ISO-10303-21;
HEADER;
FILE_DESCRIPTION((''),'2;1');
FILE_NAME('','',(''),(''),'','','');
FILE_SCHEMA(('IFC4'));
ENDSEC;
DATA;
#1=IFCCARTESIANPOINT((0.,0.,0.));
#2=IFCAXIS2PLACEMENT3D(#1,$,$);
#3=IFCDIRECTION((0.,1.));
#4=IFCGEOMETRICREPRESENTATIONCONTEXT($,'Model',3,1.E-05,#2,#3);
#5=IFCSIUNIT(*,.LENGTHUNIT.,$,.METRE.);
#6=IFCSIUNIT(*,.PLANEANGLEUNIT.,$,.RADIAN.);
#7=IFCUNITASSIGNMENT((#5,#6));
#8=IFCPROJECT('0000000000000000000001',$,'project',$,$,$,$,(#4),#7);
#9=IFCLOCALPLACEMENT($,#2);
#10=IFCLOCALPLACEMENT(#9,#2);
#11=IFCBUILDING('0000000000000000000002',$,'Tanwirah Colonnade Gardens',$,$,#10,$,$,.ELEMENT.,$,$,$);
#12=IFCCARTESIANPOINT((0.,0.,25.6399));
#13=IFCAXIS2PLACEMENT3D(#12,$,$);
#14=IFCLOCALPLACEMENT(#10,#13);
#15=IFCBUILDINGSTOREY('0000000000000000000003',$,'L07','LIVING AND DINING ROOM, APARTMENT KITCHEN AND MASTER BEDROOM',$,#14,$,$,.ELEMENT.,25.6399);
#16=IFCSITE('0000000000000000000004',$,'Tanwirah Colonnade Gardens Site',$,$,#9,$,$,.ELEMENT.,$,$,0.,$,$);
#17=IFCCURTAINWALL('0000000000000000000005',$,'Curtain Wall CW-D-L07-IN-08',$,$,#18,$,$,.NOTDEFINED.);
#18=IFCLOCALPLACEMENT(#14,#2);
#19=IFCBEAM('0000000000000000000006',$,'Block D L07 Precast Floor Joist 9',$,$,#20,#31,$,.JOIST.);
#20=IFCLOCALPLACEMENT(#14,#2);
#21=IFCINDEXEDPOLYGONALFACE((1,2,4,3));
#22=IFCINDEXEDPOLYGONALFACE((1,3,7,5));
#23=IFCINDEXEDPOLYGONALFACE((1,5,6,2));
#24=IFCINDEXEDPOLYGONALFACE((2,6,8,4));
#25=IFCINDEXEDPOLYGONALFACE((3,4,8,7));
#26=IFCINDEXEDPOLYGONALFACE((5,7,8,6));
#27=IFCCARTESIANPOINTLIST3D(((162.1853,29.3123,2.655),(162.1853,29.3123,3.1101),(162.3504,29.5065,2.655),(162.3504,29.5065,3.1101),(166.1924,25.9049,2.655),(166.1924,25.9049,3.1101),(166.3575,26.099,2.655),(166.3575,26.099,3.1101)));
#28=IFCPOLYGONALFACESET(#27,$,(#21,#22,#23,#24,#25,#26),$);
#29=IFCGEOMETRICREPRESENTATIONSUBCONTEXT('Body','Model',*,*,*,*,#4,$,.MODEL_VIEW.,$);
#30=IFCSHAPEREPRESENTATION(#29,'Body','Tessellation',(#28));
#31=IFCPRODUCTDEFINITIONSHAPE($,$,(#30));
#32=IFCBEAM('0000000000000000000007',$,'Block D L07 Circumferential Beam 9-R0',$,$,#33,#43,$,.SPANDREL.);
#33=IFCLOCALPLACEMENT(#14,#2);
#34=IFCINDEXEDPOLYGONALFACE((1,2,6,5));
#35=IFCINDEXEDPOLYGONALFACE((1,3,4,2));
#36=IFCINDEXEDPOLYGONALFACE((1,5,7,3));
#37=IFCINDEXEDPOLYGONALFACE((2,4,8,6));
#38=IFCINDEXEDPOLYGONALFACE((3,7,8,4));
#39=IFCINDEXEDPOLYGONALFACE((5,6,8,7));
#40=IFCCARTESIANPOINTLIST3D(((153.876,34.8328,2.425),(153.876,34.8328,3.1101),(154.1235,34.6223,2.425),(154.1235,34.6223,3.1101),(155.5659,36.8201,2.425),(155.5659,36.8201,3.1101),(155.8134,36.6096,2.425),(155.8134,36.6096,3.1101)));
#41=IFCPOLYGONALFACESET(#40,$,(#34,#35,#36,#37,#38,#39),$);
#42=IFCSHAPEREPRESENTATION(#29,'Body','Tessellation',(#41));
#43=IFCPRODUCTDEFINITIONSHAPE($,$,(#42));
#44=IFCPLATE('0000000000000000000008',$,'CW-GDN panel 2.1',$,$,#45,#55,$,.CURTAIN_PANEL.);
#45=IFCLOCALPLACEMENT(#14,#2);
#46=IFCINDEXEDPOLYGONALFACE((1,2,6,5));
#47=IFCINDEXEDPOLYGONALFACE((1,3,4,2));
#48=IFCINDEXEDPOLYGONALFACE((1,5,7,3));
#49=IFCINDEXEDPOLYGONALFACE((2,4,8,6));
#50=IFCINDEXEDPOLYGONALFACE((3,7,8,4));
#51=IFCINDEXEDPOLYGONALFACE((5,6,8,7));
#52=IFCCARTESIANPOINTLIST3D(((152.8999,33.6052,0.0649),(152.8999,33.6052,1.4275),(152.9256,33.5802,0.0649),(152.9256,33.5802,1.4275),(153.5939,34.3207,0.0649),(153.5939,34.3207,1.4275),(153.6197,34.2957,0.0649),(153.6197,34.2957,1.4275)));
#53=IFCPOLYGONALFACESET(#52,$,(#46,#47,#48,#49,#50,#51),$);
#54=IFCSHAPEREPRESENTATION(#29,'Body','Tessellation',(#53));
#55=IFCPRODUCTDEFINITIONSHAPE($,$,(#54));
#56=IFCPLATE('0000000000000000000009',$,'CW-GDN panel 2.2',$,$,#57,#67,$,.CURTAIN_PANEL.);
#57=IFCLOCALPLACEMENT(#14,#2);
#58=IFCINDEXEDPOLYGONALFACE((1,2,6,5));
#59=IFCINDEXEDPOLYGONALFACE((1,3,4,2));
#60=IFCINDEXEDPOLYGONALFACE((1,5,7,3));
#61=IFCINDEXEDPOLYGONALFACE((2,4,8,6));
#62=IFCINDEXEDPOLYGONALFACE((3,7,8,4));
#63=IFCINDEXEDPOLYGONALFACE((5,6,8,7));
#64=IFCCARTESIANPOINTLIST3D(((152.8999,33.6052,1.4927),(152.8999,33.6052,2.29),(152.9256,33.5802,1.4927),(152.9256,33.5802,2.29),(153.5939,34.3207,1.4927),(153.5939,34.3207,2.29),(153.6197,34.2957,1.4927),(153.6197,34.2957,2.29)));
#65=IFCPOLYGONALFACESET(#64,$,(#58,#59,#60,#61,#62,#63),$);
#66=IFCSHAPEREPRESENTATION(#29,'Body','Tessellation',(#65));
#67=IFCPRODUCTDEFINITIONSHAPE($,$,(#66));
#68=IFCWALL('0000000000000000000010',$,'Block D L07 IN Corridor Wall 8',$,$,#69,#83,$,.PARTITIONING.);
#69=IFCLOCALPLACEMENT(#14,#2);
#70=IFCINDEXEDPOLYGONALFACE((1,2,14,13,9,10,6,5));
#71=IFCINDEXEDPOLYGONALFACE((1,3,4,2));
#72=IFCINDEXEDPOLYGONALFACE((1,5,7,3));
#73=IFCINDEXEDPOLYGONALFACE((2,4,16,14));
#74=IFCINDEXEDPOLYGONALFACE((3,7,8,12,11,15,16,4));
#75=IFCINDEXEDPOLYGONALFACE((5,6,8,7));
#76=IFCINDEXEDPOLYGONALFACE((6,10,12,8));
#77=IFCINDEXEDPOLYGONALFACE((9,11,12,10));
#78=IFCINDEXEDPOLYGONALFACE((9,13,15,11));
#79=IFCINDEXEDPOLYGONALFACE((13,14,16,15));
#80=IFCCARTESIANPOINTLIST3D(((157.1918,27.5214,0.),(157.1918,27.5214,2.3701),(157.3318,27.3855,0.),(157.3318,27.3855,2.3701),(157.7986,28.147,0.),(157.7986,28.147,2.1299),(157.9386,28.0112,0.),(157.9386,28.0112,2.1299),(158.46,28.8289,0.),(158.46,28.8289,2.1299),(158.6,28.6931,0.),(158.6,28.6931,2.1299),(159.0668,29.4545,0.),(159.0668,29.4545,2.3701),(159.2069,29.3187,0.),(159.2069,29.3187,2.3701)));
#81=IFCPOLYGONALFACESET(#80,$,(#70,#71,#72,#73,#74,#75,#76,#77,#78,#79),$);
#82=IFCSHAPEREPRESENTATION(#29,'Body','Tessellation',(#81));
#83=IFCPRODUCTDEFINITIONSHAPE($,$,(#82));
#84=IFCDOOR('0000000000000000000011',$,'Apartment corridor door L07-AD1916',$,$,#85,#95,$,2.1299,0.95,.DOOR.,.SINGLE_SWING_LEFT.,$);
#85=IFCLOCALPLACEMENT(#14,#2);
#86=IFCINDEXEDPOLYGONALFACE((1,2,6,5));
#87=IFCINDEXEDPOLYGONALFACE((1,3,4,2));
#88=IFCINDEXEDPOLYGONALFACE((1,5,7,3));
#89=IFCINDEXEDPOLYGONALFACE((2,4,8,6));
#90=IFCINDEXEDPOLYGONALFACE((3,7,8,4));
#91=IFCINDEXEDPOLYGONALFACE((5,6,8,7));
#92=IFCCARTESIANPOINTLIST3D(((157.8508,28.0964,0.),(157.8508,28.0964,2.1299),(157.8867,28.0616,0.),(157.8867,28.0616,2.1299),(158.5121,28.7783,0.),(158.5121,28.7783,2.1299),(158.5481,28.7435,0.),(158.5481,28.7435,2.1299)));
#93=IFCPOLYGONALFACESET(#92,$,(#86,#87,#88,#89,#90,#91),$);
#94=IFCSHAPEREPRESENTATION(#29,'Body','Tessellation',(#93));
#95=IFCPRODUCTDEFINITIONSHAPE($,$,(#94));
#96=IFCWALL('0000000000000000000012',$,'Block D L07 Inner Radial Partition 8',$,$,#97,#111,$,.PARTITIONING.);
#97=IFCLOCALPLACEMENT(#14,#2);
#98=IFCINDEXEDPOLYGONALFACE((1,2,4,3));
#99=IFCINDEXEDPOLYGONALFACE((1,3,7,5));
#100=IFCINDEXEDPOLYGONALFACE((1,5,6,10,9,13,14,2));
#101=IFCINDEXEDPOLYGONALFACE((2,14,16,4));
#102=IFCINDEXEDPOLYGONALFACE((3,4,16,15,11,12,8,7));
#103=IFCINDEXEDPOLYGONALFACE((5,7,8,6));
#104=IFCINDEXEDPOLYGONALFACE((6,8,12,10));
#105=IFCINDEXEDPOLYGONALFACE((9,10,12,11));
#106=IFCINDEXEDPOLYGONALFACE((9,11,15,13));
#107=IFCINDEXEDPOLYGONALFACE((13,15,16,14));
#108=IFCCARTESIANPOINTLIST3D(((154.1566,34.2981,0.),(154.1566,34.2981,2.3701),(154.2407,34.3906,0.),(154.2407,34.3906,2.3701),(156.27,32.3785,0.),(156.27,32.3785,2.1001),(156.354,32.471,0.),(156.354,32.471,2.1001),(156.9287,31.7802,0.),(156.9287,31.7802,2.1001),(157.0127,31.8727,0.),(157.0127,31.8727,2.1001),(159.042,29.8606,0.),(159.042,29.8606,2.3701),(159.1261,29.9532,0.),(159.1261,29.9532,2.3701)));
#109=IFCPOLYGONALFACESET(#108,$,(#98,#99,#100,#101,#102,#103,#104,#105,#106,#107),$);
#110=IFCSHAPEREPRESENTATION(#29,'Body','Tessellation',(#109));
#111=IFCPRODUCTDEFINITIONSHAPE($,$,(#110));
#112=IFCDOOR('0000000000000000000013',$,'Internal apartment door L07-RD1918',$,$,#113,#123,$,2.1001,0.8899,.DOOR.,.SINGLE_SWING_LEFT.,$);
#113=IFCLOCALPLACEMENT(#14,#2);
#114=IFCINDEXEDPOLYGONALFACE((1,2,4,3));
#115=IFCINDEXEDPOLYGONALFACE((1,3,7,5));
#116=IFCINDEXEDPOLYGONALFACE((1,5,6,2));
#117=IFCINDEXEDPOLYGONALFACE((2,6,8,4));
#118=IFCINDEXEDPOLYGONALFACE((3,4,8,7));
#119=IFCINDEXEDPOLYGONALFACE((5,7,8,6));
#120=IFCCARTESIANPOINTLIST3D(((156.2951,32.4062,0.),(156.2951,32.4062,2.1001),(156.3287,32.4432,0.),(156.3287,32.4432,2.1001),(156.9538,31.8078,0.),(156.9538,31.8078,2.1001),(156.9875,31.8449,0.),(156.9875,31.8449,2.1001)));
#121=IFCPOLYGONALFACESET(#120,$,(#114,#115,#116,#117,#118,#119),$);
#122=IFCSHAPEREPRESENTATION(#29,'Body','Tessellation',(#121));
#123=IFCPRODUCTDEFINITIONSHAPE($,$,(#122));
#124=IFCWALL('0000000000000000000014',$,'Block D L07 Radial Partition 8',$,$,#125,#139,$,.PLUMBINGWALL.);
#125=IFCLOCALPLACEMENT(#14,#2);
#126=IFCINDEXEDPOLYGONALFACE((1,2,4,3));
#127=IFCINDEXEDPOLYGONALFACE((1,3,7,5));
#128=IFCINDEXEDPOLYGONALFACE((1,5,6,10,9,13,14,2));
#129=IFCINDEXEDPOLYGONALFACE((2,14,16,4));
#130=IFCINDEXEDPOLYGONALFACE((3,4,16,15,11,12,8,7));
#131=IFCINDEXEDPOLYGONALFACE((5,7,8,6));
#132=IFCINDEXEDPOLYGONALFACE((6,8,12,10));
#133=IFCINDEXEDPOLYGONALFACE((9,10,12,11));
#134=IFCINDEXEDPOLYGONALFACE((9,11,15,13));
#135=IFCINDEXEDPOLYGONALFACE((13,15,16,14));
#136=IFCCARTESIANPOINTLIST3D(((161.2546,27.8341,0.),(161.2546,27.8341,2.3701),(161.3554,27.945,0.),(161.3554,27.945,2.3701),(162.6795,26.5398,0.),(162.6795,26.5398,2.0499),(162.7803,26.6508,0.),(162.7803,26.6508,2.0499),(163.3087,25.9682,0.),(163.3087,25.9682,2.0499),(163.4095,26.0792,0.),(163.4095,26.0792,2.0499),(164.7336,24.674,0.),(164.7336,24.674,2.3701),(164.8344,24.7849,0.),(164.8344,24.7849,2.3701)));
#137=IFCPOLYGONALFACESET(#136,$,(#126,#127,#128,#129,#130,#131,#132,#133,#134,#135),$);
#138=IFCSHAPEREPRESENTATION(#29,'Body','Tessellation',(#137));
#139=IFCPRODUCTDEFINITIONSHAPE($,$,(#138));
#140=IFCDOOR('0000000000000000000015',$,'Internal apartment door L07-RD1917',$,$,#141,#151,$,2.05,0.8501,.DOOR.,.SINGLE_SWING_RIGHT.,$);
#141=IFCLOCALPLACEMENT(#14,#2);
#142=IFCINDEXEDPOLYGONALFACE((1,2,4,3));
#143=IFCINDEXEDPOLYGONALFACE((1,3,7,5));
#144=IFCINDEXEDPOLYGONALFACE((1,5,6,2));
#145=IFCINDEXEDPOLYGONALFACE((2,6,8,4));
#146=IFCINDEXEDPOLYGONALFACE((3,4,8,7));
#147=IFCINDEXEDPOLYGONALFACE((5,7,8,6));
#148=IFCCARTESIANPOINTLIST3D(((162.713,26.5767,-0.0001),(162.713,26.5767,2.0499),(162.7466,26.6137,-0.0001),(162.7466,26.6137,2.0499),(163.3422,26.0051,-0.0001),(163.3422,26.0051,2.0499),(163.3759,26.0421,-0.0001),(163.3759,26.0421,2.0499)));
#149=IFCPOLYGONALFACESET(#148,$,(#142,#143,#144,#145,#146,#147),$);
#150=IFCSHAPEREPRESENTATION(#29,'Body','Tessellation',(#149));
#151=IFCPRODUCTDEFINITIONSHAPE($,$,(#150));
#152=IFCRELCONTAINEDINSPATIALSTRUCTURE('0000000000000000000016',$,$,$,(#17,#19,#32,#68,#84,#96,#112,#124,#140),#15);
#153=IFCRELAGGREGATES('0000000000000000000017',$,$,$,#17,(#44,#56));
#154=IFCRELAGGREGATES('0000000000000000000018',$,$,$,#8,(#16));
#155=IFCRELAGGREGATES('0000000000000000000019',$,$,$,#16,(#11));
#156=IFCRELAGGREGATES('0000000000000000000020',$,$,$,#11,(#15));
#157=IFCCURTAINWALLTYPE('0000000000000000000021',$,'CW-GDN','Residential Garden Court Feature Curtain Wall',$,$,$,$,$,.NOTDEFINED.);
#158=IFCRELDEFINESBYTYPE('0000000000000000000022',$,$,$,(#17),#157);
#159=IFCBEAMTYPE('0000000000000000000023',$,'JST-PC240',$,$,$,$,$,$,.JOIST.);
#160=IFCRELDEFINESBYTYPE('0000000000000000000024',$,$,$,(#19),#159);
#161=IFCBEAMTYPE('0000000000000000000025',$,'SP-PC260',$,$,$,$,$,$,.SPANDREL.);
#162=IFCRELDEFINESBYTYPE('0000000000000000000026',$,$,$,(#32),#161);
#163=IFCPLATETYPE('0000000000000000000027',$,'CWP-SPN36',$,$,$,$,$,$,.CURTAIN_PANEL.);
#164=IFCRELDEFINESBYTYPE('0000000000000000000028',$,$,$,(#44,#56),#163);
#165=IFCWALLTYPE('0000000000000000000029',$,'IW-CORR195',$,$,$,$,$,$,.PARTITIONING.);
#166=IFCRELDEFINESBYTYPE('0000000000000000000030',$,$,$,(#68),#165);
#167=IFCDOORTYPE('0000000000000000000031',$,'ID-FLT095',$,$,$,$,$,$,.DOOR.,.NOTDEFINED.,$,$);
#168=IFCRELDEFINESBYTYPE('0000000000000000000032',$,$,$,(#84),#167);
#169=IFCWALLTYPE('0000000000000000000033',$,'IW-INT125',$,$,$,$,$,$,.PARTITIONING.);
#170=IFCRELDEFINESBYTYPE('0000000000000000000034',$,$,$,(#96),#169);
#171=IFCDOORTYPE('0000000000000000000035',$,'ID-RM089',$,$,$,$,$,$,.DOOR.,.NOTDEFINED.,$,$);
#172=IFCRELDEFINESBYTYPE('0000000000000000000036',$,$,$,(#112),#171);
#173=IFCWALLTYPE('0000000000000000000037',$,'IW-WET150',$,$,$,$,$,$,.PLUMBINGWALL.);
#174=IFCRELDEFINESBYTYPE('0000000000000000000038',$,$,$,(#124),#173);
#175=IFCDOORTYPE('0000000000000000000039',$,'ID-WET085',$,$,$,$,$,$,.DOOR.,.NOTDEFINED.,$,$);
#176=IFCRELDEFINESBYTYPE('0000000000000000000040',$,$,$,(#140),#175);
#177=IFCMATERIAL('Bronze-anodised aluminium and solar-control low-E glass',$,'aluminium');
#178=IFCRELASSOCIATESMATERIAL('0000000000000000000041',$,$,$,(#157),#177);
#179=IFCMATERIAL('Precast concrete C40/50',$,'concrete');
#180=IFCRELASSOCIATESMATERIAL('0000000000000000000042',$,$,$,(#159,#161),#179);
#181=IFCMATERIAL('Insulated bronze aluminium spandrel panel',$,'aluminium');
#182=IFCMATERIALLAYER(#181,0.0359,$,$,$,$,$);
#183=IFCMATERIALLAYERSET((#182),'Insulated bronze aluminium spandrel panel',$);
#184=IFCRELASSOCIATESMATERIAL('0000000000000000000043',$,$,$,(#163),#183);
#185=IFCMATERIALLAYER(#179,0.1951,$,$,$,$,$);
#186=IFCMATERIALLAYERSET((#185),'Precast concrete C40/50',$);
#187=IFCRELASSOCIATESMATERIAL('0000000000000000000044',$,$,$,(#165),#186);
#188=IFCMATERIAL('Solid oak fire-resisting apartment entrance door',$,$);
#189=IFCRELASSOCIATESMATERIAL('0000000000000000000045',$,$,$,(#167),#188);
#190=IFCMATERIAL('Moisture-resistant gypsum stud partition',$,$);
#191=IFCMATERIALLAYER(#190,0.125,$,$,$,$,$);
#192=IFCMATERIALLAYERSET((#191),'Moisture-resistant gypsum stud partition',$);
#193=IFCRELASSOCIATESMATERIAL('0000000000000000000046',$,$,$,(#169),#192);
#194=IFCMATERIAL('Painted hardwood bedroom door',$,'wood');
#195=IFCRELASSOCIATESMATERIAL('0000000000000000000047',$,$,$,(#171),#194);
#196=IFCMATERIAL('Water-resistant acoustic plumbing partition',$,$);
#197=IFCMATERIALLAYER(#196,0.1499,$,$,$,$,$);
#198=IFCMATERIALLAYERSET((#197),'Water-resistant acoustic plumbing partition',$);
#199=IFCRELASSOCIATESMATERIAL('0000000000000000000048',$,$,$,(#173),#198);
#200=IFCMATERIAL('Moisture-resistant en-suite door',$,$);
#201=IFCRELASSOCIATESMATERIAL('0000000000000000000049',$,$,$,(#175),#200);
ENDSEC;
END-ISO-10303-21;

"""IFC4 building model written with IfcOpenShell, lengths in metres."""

from ifc_helpers import new_model, si_unit, direction, frame, frame_2d, origin, origin_2d, place, context, subcontext, project, spatial, rectangle, extrude, material, layer, layer_set, material_profile, profile_set, type_object, element, fill, aggregate, save


model = new_model("IFC4")

# Units and contexts
model_context = context("Model", 3, precision=1e-05, world=origin(), true_north=direction((0.0, 1.0)))
body_context = subcontext(model_context, "Body", "Model", "MODEL_VIEW")
ifc_project = project(units=[si_unit("LENGTHUNIT", "METRE"), si_unit("PLANEANGLEUNIT", "RADIAN")], contexts=[model_context])

# Site, building, storey
site_placement = place(None, origin())
site = spatial("IfcSite", under=ifc_project, at=site_placement, Name="Tanwirah Colonnade Gardens Site", CompositionType="ELEMENT", RefElevation=0.0)
building_placement = place(site_placement, origin())
building = spatial("IfcBuilding", under=site, at=building_placement, Name="Tanwirah Colonnade Gardens", CompositionType="ELEMENT")
storey_placement = place(building_placement, frame((0.0, 0.0, 25.6399)))
storey = spatial("IfcBuildingStorey", under=building, at=storey_placement, Name="L07", Description="LIVING AND DINING ROOM, APARTMENT KITCHEN AND MASTER BEDROOM", CompositionType="ELEMENT", Elevation=25.6399)

# Shared definitions
ifc_material_1 = material(Name="Precast concrete C40/50", Category="concrete")

# Curtain wall
ifc_material_2 = material(Name="Bronze-anodised aluminium and solar-control low-E glass", Category="aluminium")
curtain_wall_type = type_object("IfcCurtainWallType", Name="CW-GDN", Description="Residential Garden Court Feature Curtain Wall", PredefinedType="NOTDEFINED", material=ifc_material_2)
curtain_wall_placement = place(storey_placement, origin())
curtain_wall = element("IfcCurtainWall", 1, at=curtain_wall_placement, inside=storey, type_object=curtain_wall_type, Name="Curtain Wall CW-D-L07-IN-08", PredefinedType="NOTDEFINED")

# Beams
ifc_material_profile_1 = material_profile(ifc_material_1, rectangle(XDim=0.2549, YDim=0.4551, at=origin_2d()), Name="PC-JST 255x455")
ifc_profile_set_1 = profile_set([ifc_material_profile_1], Name="Precast concrete C40/50")
beam_type_1 = type_object("IfcBeamType", Name="JST-PC240", PredefinedType="JOIST", material=ifc_profile_set_1)
beam_1_placement = place(storey_placement, frame((162.2678, 29.4094, 2.8826), z_axis=(0.761803, -0.647809, 0.0), x_axis=(0.647809, 0.761803, 0.0)))
element("IfcBeam", 2, at=beam_1_placement, inside=storey, type_object=beam_type_1, Name="Block D L07 Precast Floor Joist 9", PredefinedType="JOIST", context=body_context, shape_type="SweptSolid", body=[
    extrude(rectangle(XDim=0.2549, YDim=0.4551, at=origin_2d()), origin(), (0.0, 0.0, 1.0), 5.26),
])
ifc_material_profile_2 = material_profile(ifc_material_1, rectangle(XDim=0.325, YDim=0.6851, at=origin_2d()), Name="PC-SP 325x685")
ifc_profile_set_2 = profile_set([ifc_material_profile_2], Name="Precast concrete C40/50")
beam_type_2 = type_object("IfcBeamType", Name="SP-PC260", PredefinedType="SPANDREL", material=ifc_profile_set_2)
beam_2_placement = place(storey_placement, frame((153.9998, 34.7275, 2.7676), z_axis=(0.647811, 0.761801, 0.0), x_axis=(-0.761801, 0.647811, 0.0)))
element("IfcBeam", 3, at=beam_2_placement, inside=storey, type_object=beam_type_2, Name="Block D L07 Circumferential Beam 9-R0", PredefinedType="SPANDREL", context=body_context, shape_type="SweptSolid", body=[
    extrude(rectangle(XDim=0.325, YDim=0.6851, at=origin_2d()), origin(), (0.0, 0.0, 1.0), 2.6086),
])

# Plates
ifc_material_3 = material(Name="Insulated bronze aluminium spandrel panel", Category="aluminium")
ifc_layer_1 = layer(ifc_material_3, 0.0359)
ifc_layer_set_1 = layer_set([ifc_layer_1], Name="Insulated bronze aluminium spandrel panel")
plate_type = type_object("IfcPlateType", Name="CWP-SPN36", PredefinedType="CURTAIN_PANEL", material=ifc_layer_set_1)
plate_1_placement = place(storey_placement, frame((153.2598, 33.9504, 0.0649), z_axis=(0.0, 0.0, 1.0), x_axis=(0.696223, 0.717825, 0.0)))
plate_1 = element("IfcPlate", 4, at=plate_1_placement, type_object=plate_type, Name="CW-GDN panel 2.1", PredefinedType="CURTAIN_PANEL", context=body_context, shape_type="SweptSolid", body=[
    extrude(rectangle(XDim=0.9968, YDim=0.0359, at=origin_2d()), origin(), (0.0, 0.0, 1.0), 1.3625),
])
plate_2_placement = place(storey_placement, frame((153.2598, 33.9504, 1.4927), z_axis=(0.0, 0.0, 1.0), x_axis=(0.696223, 0.717825, 0.0)))
plate_2 = element("IfcPlate", 5, at=plate_2_placement, type_object=plate_type, Name="CW-GDN panel 2.2", PredefinedType="CURTAIN_PANEL", context=body_context, shape_type="SweptSolid", body=[
    extrude(rectangle(XDim=0.9968, YDim=0.0359, at=origin_2d()), origin(), (0.0, 0.0, 1.0), 0.7974),
])
aggregate(curtain_wall, [plate_1, plate_2])

# Walls, openings, doors
ifc_layer_2 = layer(ifc_material_1, 0.1951)
ifc_layer_set_2 = layer_set([ifc_layer_2], Name="Precast concrete C40/50")
wall_type_1 = type_object("IfcWallType", Name="IW-CORR195", PredefinedType="PARTITIONING", material=ifc_layer_set_2)
wall_1_placement = place(storey_placement, frame((157.2617, 27.4534, 0.0), z_axis=(0.0, 0.0, 1.0), x_axis=(0.696236, 0.717813, 0.0)))
wall_1 = element("IfcWall", 6, at=wall_1_placement, inside=storey, type_object=wall_type_1, Name="Block D L07 IN Corridor Wall 8", PredefinedType="PARTITIONING", context=body_context, shape_type="SweptSolid", body=[
    extrude(rectangle(XDim=2.6931, YDim=0.1951, at=frame_2d((1.3467, 0.0))), origin(), (0.0, 0.0, 1.0), 2.3701),
])
opening_1_placement = place(wall_1_placement, frame((0.8716, 0.0, 0.0)))
opening_1 = element("IfcOpeningElement", 7, at=opening_1_placement, cuts=wall_1, PredefinedType="OPENING", context=body_context, shape_type="SweptSolid", body=[
    extrude(rectangle(XDim=0.95, YDim=2.1299, at=frame_2d((0.4751, 1.0649))), frame((0.0, 0.1074, 0.0), z_axis=(0.0, -1.0, 0.0), x_axis=(1.0, 0.0, 0.0)), (0.0, 0.0, 1.0), 0.2151),
])
ifc_material_4 = material(Name="Solid oak fire-resisting apartment entrance door")
door_type_1 = type_object("IfcDoorType", Name="ID-FLT095", OperationType="NOTDEFINED", PredefinedType="DOOR", material=ifc_material_4)
door_1_placement = place(opening_1_placement, origin())
door_1 = element("IfcDoor", 8, at=door_1_placement, inside=storey, type_object=door_type_1, Name="Apartment corridor door L07-AD1916", OperationType="SINGLE_SWING_LEFT", OverallHeight=2.1299, OverallWidth=0.95, PredefinedType="DOOR", context=body_context, shape_type="SweptSolid", body=[
    extrude(rectangle(XDim=0.95, YDim=2.1299, at=frame_2d((0.4751, 1.0649))), frame((0.0, 0.0249, 0.0), z_axis=(0.0, -1.0, 0.0), x_axis=(1.0, 0.0, 0.0)), (0.0, 0.0, 1.0), 0.05),
])
fill(opening_1, door_1)
ifc_material_5 = material(Name="Moisture-resistant gypsum stud partition")
ifc_layer_3 = layer(ifc_material_5, 0.125)
ifc_layer_set_3 = layer_set([ifc_layer_3], Name="Moisture-resistant gypsum stud partition")
wall_type_2 = type_object("IfcWallType", Name="IW-INT125", PredefinedType="PARTITIONING", material=ifc_layer_set_3)
wall_2_placement = place(storey_placement, frame((154.1987, 34.3442, 0.0), z_axis=(0.0, 0.0, 1.0), x_axis=(0.740231, -0.672352, 0.0)))
wall_2 = element("IfcWall", 9, at=wall_2_placement, inside=storey, type_object=wall_type_2, Name="Block D L07 Inner Radial Partition 8", PredefinedType="PARTITIONING", context=body_context, shape_type="SweptSolid", body=[
    extrude(rectangle(XDim=6.5999, YDim=0.125, at=frame_2d((3.2998, 0.0))), origin(), (0.0, 0.0, 1.0), 2.3701),
])
opening_2_placement = place(wall_2_placement, frame((2.855, 0.0, 0.0)))
opening_2 = element("IfcOpeningElement", 10, at=opening_2_placement, cuts=wall_2, PredefinedType="OPENING", context=body_context, shape_type="SweptSolid", body=[
    extrude(rectangle(XDim=0.8899, YDim=2.1001, at=frame_2d((0.4448, 1.05))), frame((0.0, 0.0725, 0.0), z_axis=(0.0, -1.0, 0.0), x_axis=(1.0, 0.0, 0.0)), (0.0, 0.0, 1.0), 0.145),
])
ifc_material_6 = material(Name="Painted hardwood bedroom door", Category="wood")
door_type_2 = type_object("IfcDoorType", Name="ID-RM089", OperationType="NOTDEFINED", PredefinedType="DOOR", material=ifc_material_6)
door_2_placement = place(opening_2_placement, origin())
door_2 = element("IfcDoor", 11, at=door_2_placement, inside=storey, type_object=door_type_2, Name="Internal apartment door L07-RD1918", OperationType="SINGLE_SWING_LEFT", OverallHeight=2.1001, OverallWidth=0.8899, PredefinedType="DOOR", context=body_context, shape_type="SweptSolid", body=[
    extrude(rectangle(XDim=0.8899, YDim=2.1001, at=frame_2d((0.4448, 1.05))), frame((0.0, 0.0249, 0.0), z_axis=(0.0, -1.0, 0.0), x_axis=(1.0, 0.0, 0.0)), (0.0, 0.0, 1.0), 0.05),
])
fill(opening_2, door_2)
ifc_material_7 = material(Name="Water-resistant acoustic plumbing partition")
ifc_layer_4 = layer(ifc_material_7, 0.1499)
ifc_layer_set_4 = layer_set([ifc_layer_4], Name="Water-resistant acoustic plumbing partition")
wall_type_3 = type_object("IfcWallType", Name="IW-WET150", PredefinedType="PLUMBINGWALL", material=ifc_layer_set_4)
wall_3_placement = place(storey_placement, frame((161.3049, 27.8896, 0.0), z_axis=(0.0, 0.0, 1.0), x_axis=(0.740213, -0.672373, 0.0)))
wall_3 = element("IfcWall", 12, at=wall_3_placement, inside=storey, type_object=wall_type_3, Name="Block D L07 Radial Partition 8", PredefinedType="PLUMBINGWALL", context=body_context, shape_type="SweptSolid", body=[
    extrude(rectangle(XDim=4.7, YDim=0.1499, at=frame_2d((2.3501, 0.0))), origin(), (0.0, 0.0, 1.0), 2.3701),
])
opening_3_placement = place(wall_3_placement, frame((1.925, 0.0, 0.0)))
opening_3 = element("IfcOpeningElement", 13, at=opening_3_placement, cuts=wall_3, PredefinedType="OPENING", context=body_context, shape_type="SweptSolid", body=[
    extrude(rectangle(XDim=0.8501, YDim=2.05, at=frame_2d((0.425, 1.0249))), frame((0.0, 0.085, 0.0), z_axis=(0.0, -1.0, 0.0), x_axis=(1.0, 0.0, 0.0)), (0.0, 0.0, 1.0), 0.1699),
])
ifc_material_8 = material(Name="Moisture-resistant en-suite door")
door_type_3 = type_object("IfcDoorType", Name="ID-WET085", OperationType="NOTDEFINED", PredefinedType="DOOR", material=ifc_material_8)
door_3_placement = place(opening_3_placement, origin())
door_3 = element("IfcDoor", 14, at=door_3_placement, inside=storey, type_object=door_type_3, Name="Internal apartment door L07-RD1917", OperationType="SINGLE_SWING_RIGHT", OverallHeight=2.05, OverallWidth=0.8501, PredefinedType="DOOR", context=body_context, shape_type="SweptSolid", body=[
    extrude(rectangle(XDim=0.8501, YDim=2.05, at=frame_2d((0.425, 1.0249))), frame((0.0, 0.0249, 0.0), z_axis=(0.0, -1.0, 0.0), x_axis=(1.0, 0.0, 0.0)), (0.0, 0.0, 1.0), 0.05),
])
fill(opening_3, door_3)

save(model, "model.ifc")
